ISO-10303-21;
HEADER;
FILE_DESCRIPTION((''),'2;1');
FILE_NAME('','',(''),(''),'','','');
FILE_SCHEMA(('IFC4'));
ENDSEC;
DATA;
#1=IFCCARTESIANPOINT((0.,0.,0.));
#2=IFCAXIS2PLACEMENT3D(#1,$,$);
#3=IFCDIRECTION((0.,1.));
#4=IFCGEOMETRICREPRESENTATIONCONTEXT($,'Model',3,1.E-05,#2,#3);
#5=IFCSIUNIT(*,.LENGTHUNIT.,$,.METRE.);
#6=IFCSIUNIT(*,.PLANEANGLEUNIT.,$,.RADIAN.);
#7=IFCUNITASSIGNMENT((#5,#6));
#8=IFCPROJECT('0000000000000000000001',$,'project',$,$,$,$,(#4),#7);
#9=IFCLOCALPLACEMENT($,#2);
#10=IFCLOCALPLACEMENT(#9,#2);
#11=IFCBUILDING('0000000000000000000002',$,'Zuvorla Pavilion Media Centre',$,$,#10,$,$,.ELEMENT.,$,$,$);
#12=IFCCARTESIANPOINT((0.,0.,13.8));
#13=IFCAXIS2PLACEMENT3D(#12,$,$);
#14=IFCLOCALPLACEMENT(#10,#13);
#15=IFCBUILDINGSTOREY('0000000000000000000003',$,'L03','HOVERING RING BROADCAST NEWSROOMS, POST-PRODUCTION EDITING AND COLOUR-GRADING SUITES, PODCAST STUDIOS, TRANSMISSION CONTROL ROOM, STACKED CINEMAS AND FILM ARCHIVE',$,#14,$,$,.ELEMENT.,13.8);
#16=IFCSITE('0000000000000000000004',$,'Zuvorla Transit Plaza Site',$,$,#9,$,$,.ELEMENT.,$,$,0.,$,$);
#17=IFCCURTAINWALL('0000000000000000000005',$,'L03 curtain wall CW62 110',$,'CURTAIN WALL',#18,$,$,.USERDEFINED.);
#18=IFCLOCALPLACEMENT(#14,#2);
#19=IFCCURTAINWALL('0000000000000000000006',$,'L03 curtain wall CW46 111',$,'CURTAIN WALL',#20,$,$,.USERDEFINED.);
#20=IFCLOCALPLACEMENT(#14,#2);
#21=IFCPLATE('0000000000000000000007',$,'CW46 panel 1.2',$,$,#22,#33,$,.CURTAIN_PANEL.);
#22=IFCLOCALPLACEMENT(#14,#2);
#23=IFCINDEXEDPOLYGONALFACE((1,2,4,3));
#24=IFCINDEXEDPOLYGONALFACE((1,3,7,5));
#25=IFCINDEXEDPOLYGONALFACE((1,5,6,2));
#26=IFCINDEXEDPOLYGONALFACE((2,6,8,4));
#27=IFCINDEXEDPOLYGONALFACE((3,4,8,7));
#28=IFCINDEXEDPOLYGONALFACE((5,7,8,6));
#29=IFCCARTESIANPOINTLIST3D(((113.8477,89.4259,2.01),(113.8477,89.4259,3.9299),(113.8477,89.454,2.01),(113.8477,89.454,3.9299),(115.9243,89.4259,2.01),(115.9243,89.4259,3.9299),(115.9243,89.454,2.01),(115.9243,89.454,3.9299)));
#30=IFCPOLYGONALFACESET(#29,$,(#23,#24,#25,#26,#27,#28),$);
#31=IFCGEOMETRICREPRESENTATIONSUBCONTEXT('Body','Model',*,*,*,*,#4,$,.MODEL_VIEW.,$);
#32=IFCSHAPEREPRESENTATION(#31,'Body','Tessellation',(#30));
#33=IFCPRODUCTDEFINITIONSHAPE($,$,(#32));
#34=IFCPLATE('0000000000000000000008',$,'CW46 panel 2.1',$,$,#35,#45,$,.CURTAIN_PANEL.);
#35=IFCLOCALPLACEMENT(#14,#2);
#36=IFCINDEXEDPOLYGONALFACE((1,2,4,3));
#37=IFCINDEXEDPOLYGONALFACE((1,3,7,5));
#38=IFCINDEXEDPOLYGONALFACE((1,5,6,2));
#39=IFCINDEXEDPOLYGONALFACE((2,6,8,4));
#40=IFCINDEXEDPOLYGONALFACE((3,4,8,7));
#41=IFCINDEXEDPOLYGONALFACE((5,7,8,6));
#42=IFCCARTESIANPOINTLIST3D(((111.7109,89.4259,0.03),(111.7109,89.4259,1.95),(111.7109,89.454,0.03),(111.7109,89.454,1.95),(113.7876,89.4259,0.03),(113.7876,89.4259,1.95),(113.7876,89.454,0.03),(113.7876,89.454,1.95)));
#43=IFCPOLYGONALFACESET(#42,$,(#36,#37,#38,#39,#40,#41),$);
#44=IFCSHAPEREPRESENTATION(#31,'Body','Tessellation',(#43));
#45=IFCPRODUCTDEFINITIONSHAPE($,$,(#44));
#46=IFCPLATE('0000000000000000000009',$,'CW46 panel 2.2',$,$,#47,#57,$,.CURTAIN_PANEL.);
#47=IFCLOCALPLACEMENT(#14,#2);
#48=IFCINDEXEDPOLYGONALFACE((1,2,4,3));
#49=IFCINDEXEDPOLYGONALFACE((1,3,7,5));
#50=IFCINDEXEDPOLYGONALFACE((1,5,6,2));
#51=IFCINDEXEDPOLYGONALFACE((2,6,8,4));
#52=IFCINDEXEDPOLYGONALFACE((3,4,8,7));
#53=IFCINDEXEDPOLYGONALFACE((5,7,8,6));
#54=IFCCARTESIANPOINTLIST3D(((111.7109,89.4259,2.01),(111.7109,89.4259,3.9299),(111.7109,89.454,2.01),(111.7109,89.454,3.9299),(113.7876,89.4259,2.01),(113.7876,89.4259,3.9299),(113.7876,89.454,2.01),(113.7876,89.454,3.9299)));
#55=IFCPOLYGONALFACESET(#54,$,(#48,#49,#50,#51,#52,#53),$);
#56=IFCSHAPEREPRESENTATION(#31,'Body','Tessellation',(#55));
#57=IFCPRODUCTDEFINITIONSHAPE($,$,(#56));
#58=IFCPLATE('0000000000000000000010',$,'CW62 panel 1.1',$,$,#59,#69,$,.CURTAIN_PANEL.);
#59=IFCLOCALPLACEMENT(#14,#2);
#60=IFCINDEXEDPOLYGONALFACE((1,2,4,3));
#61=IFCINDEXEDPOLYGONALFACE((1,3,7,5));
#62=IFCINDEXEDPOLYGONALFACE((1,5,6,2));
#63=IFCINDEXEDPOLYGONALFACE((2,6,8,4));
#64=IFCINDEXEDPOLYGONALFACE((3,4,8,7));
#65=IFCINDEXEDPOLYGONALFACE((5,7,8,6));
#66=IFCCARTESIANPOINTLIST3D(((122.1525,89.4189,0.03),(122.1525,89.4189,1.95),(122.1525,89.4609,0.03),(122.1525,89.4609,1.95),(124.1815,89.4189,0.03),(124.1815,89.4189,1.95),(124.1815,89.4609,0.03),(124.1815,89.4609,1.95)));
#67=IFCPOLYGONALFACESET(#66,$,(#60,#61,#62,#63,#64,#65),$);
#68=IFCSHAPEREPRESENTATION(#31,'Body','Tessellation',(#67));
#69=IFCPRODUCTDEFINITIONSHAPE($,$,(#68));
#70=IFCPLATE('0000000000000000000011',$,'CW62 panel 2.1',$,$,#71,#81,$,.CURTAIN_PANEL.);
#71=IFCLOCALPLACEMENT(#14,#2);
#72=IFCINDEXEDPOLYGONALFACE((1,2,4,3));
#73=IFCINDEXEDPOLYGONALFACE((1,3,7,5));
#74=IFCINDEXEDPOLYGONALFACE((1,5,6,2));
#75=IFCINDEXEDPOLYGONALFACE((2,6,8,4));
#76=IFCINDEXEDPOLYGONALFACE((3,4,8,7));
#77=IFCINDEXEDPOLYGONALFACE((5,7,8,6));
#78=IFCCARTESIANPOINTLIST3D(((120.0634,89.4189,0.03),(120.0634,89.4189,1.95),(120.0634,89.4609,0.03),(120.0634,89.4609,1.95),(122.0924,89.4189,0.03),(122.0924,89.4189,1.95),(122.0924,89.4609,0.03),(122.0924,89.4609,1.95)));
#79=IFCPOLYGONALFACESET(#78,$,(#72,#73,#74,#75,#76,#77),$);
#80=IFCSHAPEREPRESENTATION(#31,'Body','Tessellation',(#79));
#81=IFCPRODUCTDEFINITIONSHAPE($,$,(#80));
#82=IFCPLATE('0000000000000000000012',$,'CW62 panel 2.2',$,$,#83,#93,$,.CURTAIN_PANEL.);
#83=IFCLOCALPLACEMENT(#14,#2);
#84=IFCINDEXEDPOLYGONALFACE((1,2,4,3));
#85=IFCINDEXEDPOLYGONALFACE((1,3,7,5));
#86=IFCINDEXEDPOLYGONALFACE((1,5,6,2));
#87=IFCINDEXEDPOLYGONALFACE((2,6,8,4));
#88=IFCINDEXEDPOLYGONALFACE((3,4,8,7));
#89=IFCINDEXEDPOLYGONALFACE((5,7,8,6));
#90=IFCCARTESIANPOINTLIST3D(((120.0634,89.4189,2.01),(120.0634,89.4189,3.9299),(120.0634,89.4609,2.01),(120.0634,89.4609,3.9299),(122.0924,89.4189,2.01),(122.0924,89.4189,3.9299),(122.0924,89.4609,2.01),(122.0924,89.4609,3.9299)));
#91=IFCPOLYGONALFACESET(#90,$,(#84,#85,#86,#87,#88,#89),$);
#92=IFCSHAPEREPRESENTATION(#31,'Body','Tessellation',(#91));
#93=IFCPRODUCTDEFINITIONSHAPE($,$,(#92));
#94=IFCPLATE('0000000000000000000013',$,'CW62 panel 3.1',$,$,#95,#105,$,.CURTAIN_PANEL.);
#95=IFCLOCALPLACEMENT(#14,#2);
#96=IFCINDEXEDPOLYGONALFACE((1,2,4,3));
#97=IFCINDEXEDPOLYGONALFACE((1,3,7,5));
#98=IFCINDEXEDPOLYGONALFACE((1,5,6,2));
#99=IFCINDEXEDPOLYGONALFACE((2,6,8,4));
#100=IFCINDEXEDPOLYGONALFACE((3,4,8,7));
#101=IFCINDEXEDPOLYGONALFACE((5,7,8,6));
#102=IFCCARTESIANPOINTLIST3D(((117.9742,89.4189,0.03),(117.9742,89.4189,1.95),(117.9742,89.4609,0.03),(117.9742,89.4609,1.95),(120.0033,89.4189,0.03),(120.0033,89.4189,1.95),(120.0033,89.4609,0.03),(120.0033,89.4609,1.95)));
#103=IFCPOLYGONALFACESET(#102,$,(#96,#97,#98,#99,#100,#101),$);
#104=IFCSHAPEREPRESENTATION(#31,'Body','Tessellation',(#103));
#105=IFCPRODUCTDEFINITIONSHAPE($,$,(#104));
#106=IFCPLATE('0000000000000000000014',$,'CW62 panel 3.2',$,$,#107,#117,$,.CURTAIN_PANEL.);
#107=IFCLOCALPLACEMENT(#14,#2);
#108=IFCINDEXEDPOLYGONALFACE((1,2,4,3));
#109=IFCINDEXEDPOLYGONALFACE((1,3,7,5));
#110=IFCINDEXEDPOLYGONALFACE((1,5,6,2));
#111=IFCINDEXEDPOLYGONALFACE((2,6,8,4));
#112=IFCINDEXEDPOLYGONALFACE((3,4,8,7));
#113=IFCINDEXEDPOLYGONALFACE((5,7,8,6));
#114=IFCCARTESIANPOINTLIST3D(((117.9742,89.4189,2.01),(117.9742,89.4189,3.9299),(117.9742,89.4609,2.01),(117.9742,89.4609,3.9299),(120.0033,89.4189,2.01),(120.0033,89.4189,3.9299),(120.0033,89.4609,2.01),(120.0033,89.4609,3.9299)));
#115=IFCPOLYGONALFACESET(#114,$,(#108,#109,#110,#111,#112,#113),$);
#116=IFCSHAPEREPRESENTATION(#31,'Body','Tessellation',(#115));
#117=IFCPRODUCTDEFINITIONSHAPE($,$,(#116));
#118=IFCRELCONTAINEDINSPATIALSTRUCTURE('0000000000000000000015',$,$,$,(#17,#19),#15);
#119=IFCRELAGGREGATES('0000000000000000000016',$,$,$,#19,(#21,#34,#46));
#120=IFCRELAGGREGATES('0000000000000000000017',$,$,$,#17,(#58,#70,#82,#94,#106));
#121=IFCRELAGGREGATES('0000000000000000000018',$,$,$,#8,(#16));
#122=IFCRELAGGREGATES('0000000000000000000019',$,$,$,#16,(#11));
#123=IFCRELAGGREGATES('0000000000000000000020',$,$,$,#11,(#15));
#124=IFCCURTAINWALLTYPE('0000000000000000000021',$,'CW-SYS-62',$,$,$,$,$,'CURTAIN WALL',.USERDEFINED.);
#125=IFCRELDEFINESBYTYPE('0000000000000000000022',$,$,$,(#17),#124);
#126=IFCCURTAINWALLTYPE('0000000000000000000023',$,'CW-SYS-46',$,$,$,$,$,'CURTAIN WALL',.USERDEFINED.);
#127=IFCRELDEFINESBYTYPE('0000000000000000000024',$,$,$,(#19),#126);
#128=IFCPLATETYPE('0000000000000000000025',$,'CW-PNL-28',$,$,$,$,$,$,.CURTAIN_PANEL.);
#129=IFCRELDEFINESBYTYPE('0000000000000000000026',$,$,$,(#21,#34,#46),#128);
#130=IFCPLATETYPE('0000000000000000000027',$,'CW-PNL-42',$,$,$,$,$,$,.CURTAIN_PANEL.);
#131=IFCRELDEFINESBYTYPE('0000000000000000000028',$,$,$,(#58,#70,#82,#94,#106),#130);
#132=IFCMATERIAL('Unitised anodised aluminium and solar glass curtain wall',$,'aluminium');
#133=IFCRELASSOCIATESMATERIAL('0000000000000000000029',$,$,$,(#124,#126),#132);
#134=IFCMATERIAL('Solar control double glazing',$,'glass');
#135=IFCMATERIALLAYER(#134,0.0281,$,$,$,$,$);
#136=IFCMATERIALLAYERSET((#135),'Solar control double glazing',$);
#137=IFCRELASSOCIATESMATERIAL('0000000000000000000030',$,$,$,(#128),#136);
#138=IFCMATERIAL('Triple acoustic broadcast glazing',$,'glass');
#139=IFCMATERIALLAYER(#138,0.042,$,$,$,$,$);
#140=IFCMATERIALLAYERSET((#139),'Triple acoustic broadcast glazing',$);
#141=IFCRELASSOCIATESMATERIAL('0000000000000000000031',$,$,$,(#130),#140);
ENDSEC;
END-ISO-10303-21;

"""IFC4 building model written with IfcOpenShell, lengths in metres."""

from ifc_helpers import new_model, si_unit, direction, frame, origin, origin_2d, place, context, subcontext, project, spatial, rectangle, extrude, material, layer, layer_set, type_object, element, aggregate, save


model = new_model("IFC4")

# Units and contexts
model_context = context("Model", 3, precision=1e-05, world=origin(), true_north=direction((0.0, 1.0)))
body_context = subcontext(model_context, "Body", "Model", "MODEL_VIEW")
ifc_project = project(units=[si_unit("LENGTHUNIT", "METRE"), si_unit("PLANEANGLEUNIT", "RADIAN")], contexts=[model_context])

# Site, building, storey
site_placement = place(None, origin())
site = spatial("IfcSite", under=ifc_project, at=site_placement, Name="Zuvorla Transit Plaza Site", CompositionType="ELEMENT", RefElevation=0.0)
building_placement = place(site_placement, origin())
building = spatial("IfcBuilding", under=site, at=building_placement, Name="Zuvorla Pavilion Media Centre", CompositionType="ELEMENT")
storey_placement = place(building_placement, frame((0.0, 0.0, 13.8)))
storey = spatial("IfcBuildingStorey", under=building, at=storey_placement, Name="L03", Description="HOVERING RING BROADCAST NEWSROOMS, POST-PRODUCTION EDITING AND COLOUR-GRADING SUITES, PODCAST STUDIOS, TRANSMISSION CONTROL ROOM, STACKED CINEMAS AND FILM ARCHIVE", CompositionType="ELEMENT", Elevation=13.8)

# Curtain walls
ifc_material_1 = material(Name="Unitised anodised aluminium and solar glass curtain wall", Category="aluminium")
curtain_wall_type_1 = type_object("IfcCurtainWallType", Name="CW-SYS-62", ElementType="CURTAIN WALL", PredefinedType="USERDEFINED", material=ifc_material_1)
curtain_wall_1_placement = place(storey_placement, origin())
curtain_wall_1 = element("IfcCurtainWall", 1, at=curtain_wall_1_placement, inside=storey, type_object=curtain_wall_type_1, Name="L03 curtain wall CW62 110", ObjectType="CURTAIN WALL", PredefinedType="USERDEFINED")
curtain_wall_type_2 = type_object("IfcCurtainWallType", Name="CW-SYS-46", ElementType="CURTAIN WALL", PredefinedType="USERDEFINED", material=ifc_material_1)
curtain_wall_2_placement = place(storey_placement, origin())
curtain_wall_2 = element("IfcCurtainWall", 2, at=curtain_wall_2_placement, inside=storey, type_object=curtain_wall_type_2, Name="L03 curtain wall CW46 111", ObjectType="CURTAIN WALL", PredefinedType="USERDEFINED")

# Plates
ifc_material_2 = material(Name="Solar control double glazing", Category="glass")
ifc_layer_1 = layer(ifc_material_2, 0.0281)
ifc_layer_set_1 = layer_set([ifc_layer_1], Name="Solar control double glazing")
plate_type_1 = type_object("IfcPlateType", Name="CW-PNL-28", PredefinedType="CURTAIN_PANEL", material=ifc_layer_set_1)
plate_1_placement = place(storey_placement, frame((114.886, 89.4399, 2.01), z_axis=(0.0, 0.0, 1.0), x_axis=(-1.0, 0.0, 0.0)))
plate_1 = element("IfcPlate", 3, at=plate_1_placement, type_object=plate_type_1, Name="CW46 panel 1.2", PredefinedType="CURTAIN_PANEL", context=body_context, shape_type="SweptSolid", body=[
    extrude(rectangle(XDim=2.0767, YDim=0.0281, at=origin_2d()), origin(), (0.0, 0.0, 1.0), 1.9199),
])
plate_2_placement = place(storey_placement, frame((112.7493, 89.4399, 0.03), z_axis=(0.0, 0.0, 1.0), x_axis=(-1.0, 0.0, 0.0)))
plate_2 = element("IfcPlate", 4, at=plate_2_placement, type_object=plate_type_1, Name="CW46 panel 2.1", PredefinedType="CURTAIN_PANEL", context=body_context, shape_type="SweptSolid", body=[
    extrude(rectangle(XDim=2.0767, YDim=0.0281, at=origin_2d()), origin(), (0.0, 0.0, 1.0), 1.9199),
])
plate_3_placement = place(storey_placement, frame((112.7493, 89.4399, 2.01), z_axis=(0.0, 0.0, 1.0), x_axis=(-1.0, 0.0, 0.0)))
plate_3 = element("IfcPlate", 5, at=plate_3_placement, type_object=plate_type_1, Name="CW46 panel 2.2", PredefinedType="CURTAIN_PANEL", context=body_context, shape_type="SweptSolid", body=[
    extrude(rectangle(XDim=2.0767, YDim=0.0281, at=origin_2d()), origin(), (0.0, 0.0, 1.0), 1.9199),
])
aggregate(curtain_wall_2, [plate_1, plate_2, plate_3])
ifc_material_3 = material(Name="Triple acoustic broadcast glazing", Category="glass")
ifc_layer_2 = layer(ifc_material_3, 0.042)
ifc_layer_set_2 = layer_set([ifc_layer_2], Name="Triple acoustic broadcast glazing")
plate_type_2 = type_object("IfcPlateType", Name="CW-PNL-42", PredefinedType="CURTAIN_PANEL", material=ifc_layer_set_2)
plate_4_placement = place(storey_placement, frame((123.167, 89.4399, 0.03), z_axis=(0.0, 0.0, 1.0), x_axis=(-1.0, 0.0, 0.0)))
plate_4 = element("IfcPlate", 6, at=plate_4_placement, type_object=plate_type_2, Name="CW62 panel 1.1", PredefinedType="CURTAIN_PANEL", context=body_context, shape_type="SweptSolid", body=[
    extrude(rectangle(XDim=2.0291, YDim=0.042, at=origin_2d()), origin(), (0.0, 0.0, 1.0), 1.9199),
])
plate_5_placement = place(storey_placement, frame((121.0779, 89.4399, 0.03), z_axis=(0.0, 0.0, 1.0), x_axis=(-1.0, 0.0, 0.0)))
plate_5 = element("IfcPlate", 7, at=plate_5_placement, type_object=plate_type_2, Name="CW62 panel 2.1", PredefinedType="CURTAIN_PANEL", context=body_context, shape_type="SweptSolid", body=[
    extrude(rectangle(XDim=2.0291, YDim=0.042, at=origin_2d()), origin(), (0.0, 0.0, 1.0), 1.9199),
])
plate_6_placement = place(storey_placement, frame((121.0779, 89.4399, 2.01), z_axis=(0.0, 0.0, 1.0), x_axis=(-1.0, 0.0, 0.0)))
plate_6 = element("IfcPlate", 8, at=plate_6_placement, type_object=plate_type_2, Name="CW62 panel 2.2", PredefinedType="CURTAIN_PANEL", context=body_context, shape_type="SweptSolid", body=[
    extrude(rectangle(XDim=2.0291, YDim=0.042, at=origin_2d()), origin(), (0.0, 0.0, 1.0), 1.9199),
])
plate_7_placement = place(storey_placement, frame((118.9888, 89.4399, 0.03), z_axis=(0.0, 0.0, 1.0), x_axis=(-1.0, 0.0, 0.0)))
plate_7 = element("IfcPlate", 9, at=plate_7_placement, type_object=plate_type_2, Name="CW62 panel 3.1", PredefinedType="CURTAIN_PANEL", context=body_context, shape_type="SweptSolid", body=[
    extrude(rectangle(XDim=2.0291, YDim=0.042, at=origin_2d()), origin(), (0.0, 0.0, 1.0), 1.9199),
])
plate_8_placement = place(storey_placement, frame((118.9888, 89.4399, 2.01), z_axis=(0.0, 0.0, 1.0), x_axis=(-1.0, 0.0, 0.0)))
plate_8 = element("IfcPlate", 10, at=plate_8_placement, type_object=plate_type_2, Name="CW62 panel 3.2", PredefinedType="CURTAIN_PANEL", context=body_context, shape_type="SweptSolid", body=[
    extrude(rectangle(XDim=2.0291, YDim=0.042, at=origin_2d()), origin(), (0.0, 0.0, 1.0), 1.9199),
])
aggregate(curtain_wall_1, [plate_4, plate_5, plate_6, plate_7, plate_8])

save(model, "model.ifc")
